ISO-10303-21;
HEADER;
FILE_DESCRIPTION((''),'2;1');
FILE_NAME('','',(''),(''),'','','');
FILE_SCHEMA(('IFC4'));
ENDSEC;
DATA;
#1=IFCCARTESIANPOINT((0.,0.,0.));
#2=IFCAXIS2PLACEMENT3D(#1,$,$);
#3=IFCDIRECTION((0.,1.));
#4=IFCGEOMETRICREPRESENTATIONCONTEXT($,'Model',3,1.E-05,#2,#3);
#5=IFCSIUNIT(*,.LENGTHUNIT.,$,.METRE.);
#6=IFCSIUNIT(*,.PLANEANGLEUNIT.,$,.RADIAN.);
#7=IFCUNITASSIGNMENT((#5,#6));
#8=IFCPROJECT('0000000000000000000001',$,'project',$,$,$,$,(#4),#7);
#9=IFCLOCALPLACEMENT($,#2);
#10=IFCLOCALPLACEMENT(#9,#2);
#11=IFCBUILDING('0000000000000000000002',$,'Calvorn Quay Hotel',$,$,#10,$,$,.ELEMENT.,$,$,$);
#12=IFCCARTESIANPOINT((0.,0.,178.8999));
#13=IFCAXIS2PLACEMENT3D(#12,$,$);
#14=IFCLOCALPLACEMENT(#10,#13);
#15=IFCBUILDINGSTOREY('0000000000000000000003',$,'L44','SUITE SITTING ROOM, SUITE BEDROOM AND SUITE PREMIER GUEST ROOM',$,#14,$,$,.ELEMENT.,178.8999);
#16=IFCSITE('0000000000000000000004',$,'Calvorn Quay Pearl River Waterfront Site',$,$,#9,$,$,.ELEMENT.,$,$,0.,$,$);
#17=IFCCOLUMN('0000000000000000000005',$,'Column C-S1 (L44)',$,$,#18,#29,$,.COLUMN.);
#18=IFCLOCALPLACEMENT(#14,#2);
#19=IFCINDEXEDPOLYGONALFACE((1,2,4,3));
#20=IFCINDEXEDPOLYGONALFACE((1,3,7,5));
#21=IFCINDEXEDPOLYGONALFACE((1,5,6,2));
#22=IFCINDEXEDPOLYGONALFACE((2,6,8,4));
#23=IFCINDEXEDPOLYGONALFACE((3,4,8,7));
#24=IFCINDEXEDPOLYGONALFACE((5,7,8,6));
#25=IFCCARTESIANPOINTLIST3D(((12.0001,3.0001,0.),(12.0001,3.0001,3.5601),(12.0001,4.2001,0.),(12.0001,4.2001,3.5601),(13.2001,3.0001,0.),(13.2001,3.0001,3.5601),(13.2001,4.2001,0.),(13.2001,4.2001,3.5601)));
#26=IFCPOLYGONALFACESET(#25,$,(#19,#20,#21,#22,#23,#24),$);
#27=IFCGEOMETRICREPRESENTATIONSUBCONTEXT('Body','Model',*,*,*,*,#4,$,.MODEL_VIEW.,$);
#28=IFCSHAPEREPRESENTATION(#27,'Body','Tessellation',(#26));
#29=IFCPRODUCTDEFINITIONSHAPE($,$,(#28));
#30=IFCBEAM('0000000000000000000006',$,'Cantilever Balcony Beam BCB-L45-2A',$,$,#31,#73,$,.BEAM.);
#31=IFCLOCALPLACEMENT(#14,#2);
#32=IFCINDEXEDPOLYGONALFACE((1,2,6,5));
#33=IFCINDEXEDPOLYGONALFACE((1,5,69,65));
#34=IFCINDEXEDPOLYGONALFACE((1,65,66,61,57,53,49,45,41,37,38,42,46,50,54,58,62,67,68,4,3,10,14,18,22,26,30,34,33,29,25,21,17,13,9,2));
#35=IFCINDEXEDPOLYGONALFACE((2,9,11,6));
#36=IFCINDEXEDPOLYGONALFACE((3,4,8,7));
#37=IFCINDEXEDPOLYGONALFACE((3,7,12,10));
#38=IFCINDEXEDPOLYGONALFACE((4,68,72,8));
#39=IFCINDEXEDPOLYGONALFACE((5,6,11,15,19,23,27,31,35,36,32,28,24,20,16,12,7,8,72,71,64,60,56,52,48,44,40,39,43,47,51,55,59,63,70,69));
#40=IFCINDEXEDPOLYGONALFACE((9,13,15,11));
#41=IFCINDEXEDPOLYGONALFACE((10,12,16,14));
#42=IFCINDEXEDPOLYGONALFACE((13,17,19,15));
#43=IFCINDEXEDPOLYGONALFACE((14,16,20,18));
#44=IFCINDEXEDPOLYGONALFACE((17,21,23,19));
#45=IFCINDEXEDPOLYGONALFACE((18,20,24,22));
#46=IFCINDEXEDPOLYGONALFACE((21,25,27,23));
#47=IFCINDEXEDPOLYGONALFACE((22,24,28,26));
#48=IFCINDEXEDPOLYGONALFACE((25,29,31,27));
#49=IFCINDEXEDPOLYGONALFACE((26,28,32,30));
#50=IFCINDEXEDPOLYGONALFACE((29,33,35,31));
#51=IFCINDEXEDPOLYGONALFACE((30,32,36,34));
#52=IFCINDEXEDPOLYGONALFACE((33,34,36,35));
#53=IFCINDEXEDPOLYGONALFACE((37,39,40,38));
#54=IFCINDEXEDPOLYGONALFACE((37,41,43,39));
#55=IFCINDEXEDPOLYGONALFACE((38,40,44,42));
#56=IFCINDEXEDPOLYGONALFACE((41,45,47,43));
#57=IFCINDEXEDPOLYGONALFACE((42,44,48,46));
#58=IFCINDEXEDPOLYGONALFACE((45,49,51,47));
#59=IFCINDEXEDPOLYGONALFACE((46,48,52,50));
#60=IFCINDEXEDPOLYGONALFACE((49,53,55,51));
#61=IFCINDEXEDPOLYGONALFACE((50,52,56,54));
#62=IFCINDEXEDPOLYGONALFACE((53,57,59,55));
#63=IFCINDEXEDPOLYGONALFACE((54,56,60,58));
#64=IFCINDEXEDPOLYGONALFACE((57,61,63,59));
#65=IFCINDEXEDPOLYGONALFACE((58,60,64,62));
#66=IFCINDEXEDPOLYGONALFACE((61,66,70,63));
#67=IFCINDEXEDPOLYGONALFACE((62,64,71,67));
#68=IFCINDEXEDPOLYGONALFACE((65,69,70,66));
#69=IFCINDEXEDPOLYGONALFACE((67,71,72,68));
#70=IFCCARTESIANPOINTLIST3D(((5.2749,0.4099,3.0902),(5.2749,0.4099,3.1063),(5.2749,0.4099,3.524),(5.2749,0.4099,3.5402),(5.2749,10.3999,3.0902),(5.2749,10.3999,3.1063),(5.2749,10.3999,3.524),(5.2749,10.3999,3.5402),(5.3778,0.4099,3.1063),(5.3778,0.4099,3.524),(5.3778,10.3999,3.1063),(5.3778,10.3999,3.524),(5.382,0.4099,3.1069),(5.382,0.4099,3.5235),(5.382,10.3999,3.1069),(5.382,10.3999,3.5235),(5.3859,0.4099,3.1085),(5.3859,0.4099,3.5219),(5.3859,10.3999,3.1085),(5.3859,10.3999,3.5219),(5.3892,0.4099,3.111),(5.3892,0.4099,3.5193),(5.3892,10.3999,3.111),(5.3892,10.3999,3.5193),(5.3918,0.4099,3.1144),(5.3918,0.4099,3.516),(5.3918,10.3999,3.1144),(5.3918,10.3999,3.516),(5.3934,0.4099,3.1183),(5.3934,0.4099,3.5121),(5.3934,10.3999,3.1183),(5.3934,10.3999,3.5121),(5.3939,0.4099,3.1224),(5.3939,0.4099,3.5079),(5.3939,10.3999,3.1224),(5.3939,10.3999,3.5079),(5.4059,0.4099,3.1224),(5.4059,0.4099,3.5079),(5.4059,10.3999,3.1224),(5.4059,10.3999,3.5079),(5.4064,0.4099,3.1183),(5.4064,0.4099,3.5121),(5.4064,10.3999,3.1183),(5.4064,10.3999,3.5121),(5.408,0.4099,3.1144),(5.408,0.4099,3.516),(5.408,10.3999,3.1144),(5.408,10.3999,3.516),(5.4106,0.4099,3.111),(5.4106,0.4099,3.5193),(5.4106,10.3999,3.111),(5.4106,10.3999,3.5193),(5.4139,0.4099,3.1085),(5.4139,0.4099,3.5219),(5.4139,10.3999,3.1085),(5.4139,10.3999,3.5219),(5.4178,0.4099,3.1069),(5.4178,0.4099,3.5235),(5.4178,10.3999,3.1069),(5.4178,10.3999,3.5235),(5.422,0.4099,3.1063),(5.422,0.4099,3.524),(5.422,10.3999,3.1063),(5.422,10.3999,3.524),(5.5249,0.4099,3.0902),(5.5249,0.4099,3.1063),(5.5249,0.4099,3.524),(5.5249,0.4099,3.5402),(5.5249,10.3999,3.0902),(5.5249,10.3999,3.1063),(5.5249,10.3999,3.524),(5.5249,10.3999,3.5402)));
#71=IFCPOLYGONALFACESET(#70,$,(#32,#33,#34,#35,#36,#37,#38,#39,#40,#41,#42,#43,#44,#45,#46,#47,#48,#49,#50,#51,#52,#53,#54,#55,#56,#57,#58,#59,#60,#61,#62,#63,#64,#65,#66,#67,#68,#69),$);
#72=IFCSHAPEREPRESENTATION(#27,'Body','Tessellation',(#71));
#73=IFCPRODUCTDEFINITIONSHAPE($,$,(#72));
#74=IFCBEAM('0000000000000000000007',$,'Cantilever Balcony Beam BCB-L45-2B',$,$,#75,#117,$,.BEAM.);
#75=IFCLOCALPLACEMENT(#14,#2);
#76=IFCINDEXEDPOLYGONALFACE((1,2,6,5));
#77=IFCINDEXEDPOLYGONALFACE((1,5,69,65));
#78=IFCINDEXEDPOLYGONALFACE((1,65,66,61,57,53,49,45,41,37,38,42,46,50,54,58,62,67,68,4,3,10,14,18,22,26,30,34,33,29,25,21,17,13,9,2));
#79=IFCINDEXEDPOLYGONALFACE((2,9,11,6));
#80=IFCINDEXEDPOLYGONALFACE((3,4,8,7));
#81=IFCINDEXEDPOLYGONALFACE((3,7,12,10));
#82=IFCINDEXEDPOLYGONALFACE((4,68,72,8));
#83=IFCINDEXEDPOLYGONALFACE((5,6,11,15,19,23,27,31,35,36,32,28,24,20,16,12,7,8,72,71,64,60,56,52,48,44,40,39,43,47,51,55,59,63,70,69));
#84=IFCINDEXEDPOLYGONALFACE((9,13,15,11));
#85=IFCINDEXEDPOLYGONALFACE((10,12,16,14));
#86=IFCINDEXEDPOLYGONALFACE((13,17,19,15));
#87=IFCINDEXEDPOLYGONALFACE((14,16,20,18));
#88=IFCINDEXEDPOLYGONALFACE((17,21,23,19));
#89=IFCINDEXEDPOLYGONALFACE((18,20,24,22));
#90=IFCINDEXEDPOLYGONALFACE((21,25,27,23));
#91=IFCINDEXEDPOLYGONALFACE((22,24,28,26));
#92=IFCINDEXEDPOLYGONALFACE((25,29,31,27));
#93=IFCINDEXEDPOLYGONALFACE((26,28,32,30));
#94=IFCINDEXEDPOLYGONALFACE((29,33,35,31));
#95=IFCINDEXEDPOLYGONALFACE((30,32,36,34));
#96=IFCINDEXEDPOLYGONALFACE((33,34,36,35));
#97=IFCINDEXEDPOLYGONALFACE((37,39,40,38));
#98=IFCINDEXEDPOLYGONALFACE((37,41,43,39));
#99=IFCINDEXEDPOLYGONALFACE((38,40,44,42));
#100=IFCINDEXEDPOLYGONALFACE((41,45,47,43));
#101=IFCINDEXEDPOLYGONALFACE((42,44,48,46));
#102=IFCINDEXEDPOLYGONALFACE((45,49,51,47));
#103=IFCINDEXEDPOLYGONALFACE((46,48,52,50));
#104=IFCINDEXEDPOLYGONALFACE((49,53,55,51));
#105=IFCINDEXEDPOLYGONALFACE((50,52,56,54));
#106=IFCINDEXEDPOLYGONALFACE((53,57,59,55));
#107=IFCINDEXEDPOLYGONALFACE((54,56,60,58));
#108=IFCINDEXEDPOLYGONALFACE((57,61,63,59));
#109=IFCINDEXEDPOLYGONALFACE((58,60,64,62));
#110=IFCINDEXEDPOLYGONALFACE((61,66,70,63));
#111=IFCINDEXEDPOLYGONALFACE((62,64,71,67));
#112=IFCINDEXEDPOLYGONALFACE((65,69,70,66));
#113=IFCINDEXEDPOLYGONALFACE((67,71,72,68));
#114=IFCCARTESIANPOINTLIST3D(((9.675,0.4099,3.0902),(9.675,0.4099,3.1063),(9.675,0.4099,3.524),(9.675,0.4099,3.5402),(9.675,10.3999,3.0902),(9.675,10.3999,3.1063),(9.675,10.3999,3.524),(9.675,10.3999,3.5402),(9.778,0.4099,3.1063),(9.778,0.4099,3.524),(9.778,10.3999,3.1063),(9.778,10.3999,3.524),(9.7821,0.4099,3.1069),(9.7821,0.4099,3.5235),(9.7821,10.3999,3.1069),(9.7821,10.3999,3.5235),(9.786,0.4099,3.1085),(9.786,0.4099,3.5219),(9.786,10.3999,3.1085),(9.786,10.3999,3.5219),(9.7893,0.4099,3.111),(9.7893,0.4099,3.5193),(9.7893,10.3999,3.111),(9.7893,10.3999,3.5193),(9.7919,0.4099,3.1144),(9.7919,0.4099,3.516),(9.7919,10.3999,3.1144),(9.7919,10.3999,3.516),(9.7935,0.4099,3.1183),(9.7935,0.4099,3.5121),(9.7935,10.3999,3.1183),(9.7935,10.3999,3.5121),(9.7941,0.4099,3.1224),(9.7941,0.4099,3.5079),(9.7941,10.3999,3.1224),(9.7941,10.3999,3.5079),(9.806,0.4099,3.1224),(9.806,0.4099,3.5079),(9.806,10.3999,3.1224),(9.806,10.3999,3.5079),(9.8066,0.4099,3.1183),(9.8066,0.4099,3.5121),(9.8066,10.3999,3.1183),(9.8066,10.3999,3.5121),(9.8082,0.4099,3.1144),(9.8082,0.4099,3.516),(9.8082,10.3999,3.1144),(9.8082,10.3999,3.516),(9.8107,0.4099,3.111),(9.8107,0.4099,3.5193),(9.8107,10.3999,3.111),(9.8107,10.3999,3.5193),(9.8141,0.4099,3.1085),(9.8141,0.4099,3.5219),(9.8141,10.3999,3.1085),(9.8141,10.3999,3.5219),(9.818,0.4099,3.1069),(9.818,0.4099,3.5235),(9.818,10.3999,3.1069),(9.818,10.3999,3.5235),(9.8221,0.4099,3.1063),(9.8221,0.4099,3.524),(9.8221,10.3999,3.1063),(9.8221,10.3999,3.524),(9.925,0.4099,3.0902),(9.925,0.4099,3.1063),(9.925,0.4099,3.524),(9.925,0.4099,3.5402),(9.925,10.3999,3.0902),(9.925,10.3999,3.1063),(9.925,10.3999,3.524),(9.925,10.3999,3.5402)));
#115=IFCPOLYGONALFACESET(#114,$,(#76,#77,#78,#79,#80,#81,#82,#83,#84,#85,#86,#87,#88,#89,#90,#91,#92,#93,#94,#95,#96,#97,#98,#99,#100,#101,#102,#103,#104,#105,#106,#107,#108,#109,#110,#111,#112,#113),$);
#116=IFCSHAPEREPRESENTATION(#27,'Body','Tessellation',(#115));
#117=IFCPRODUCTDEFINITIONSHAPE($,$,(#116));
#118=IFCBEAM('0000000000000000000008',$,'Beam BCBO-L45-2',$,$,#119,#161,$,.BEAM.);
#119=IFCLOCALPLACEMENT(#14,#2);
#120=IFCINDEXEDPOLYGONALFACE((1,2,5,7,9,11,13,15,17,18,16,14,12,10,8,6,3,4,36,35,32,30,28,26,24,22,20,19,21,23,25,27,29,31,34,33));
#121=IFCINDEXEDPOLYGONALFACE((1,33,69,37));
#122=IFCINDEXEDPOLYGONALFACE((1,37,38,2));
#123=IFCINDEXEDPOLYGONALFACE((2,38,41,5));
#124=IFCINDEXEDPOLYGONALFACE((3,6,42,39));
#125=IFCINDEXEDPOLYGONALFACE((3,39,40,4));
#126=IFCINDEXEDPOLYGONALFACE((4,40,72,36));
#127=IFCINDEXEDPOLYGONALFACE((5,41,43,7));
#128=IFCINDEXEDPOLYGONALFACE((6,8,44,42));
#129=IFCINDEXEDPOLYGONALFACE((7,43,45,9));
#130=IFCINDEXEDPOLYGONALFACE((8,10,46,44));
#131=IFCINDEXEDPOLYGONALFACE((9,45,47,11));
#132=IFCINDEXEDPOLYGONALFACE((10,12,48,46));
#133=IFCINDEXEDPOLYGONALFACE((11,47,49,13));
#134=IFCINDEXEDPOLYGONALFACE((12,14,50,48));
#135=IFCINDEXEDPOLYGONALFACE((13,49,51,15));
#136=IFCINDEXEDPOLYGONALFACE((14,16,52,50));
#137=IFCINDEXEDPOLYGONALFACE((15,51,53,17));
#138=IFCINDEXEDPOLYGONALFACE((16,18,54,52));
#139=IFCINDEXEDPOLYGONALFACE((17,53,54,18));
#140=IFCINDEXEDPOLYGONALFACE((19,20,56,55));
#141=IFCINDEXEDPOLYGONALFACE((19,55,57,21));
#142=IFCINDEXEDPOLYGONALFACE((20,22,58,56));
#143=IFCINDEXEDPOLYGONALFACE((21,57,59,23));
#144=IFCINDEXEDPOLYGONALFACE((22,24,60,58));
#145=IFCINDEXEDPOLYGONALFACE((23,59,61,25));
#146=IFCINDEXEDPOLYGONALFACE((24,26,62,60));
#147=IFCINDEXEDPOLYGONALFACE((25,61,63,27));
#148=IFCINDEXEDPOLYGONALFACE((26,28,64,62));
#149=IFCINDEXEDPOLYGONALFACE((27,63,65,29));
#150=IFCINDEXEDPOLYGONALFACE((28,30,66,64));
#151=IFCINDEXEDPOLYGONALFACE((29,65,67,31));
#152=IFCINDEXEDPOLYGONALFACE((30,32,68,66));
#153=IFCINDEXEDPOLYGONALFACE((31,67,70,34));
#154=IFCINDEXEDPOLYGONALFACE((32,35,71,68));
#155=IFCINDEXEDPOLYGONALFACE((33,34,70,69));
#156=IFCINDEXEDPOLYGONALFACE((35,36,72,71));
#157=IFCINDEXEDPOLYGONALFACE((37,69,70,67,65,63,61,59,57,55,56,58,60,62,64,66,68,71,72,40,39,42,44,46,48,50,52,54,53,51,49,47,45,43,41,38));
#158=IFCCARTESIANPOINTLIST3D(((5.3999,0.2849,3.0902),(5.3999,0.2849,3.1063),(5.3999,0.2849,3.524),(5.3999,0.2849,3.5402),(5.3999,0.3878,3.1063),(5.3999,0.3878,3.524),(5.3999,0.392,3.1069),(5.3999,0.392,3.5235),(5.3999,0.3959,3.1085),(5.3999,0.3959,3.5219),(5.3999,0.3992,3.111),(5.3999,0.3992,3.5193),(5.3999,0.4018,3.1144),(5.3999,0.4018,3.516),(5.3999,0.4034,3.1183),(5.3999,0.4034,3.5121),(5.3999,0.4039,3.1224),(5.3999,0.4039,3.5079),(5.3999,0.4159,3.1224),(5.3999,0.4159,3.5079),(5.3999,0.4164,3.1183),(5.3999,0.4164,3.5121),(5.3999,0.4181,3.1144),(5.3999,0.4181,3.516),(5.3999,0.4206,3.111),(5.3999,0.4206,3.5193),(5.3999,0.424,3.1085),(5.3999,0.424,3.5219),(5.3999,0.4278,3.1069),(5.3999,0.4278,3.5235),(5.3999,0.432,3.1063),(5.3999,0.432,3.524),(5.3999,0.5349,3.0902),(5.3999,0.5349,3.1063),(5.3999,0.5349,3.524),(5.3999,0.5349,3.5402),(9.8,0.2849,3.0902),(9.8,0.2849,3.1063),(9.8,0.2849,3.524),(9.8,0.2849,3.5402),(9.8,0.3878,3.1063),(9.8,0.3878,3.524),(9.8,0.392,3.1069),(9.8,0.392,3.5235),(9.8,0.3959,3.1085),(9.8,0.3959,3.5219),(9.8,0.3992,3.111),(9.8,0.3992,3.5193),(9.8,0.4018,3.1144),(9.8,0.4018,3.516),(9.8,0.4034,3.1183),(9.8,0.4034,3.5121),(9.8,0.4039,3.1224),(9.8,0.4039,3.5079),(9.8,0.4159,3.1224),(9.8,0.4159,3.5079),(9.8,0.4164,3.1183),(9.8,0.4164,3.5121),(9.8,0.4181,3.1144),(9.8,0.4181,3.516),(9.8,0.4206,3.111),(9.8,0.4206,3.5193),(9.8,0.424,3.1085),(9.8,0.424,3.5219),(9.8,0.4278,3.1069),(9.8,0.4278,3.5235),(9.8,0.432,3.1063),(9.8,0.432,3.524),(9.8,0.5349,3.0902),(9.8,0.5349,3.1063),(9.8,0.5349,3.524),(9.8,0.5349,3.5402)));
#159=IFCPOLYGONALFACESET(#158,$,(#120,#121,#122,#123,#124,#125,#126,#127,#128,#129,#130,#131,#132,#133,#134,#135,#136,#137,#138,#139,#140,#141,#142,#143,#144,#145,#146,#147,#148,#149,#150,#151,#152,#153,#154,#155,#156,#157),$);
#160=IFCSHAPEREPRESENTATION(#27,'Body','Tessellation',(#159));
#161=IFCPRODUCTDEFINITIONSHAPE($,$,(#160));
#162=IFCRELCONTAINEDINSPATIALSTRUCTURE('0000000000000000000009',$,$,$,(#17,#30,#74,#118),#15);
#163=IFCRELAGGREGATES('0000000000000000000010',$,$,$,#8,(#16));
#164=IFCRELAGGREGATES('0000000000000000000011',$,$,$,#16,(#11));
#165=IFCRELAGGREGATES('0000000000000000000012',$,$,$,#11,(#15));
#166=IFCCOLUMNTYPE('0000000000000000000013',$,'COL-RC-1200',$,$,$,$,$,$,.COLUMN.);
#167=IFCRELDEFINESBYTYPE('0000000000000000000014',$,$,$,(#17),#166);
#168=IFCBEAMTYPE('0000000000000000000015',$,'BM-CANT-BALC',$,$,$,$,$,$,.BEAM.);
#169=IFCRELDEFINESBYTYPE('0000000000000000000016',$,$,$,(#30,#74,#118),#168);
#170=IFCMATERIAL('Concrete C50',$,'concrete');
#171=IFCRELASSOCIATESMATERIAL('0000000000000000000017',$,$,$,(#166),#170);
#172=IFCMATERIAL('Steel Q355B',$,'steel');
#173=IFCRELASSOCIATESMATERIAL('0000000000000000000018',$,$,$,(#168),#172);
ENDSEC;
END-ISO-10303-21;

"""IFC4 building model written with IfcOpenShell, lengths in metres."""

from ifc_helpers import new_model, si_unit, direction, frame, origin, origin_2d, place, context, subcontext, project, spatial, rectangle, i_section, extrude, material, material_profile, profile_set, type_object, element, save


model = new_model("IFC4")

# Units and contexts
model_context = context("Model", 3, precision=1e-05, world=origin(), true_north=direction((0.0, 1.0)))
body_context = subcontext(model_context, "Body", "Model", "MODEL_VIEW")
ifc_project = project(units=[si_unit("LENGTHUNIT", "METRE"), si_unit("PLANEANGLEUNIT", "RADIAN")], contexts=[model_context])

# Site, building, storey
site_placement = place(None, origin())
site = spatial("IfcSite", under=ifc_project, at=site_placement, Name="Calvorn Quay Pearl River Waterfront Site", CompositionType="ELEMENT", RefElevation=0.0)
building_placement = place(site_placement, origin())
building = spatial("IfcBuilding", under=site, at=building_placement, Name="Calvorn Quay Hotel", CompositionType="ELEMENT")
storey_placement = place(building_placement, frame((0.0, 0.0, 178.8999)))
storey = spatial("IfcBuildingStorey", under=building, at=storey_placement, Name="L44", Description="SUITE SITTING ROOM, SUITE BEDROOM AND SUITE PREMIER GUEST ROOM", CompositionType="ELEMENT", Elevation=178.8999)

# Column
ifc_material_1 = material(Name="Concrete C50", Category="concrete")
ifc_material_profile_1 = material_profile(ifc_material_1, rectangle(XDim=1.2, YDim=1.2, at=origin_2d()), Name="RC1200x1200")
ifc_profile_set_1 = profile_set([ifc_material_profile_1], Name="Concrete C50")
column_type = type_object("IfcColumnType", Name="COL-RC-1200", PredefinedType="COLUMN", material=ifc_profile_set_1)
column_placement = place(storey_placement, frame((12.6001, 3.6001, 0.0), z_axis=(0.0, 0.0, 1.0), x_axis=(1.0, 0.0, 0.0)))
element("IfcColumn", 1, at=column_placement, inside=storey, type_object=column_type, Name="Column C-S1 (L44)", PredefinedType="COLUMN", context=body_context, shape_type="SweptSolid", body=[
    extrude(rectangle(XDim=1.2, YDim=1.2, at=origin_2d()), origin(), (0.0, 0.0, 1.0), 3.5601),
])

# Beams
ifc_material_2 = material(Name="Steel Q355B", Category="steel")
ifc_material_profile_2 = material_profile(ifc_material_2, i_section(OverallWidth=0.25, OverallDepth=0.45, WebThickness=0.012, FlangeThickness=0.0161, FilletRadius=0.0161, at=origin_2d()), Name="HN450x250x12x16")
ifc_profile_set_2 = profile_set([ifc_material_profile_2], Name="Steel Q355B")
beam_type_1 = type_object("IfcBeamType", Name="BM-CANT-BALC", PredefinedType="BEAM", material=ifc_profile_set_2)
for number, where, z_axis, x_axis, name in (
    (2, (5.3999, 10.3999, 3.3152), (0.0, -1.0, 0.0), (1.0, 0.0, 0.0), "Cantilever Balcony Beam BCB-L45-2A"),
    (3, (9.8, 10.3999, 3.3152), (0.0, -1.0, 0.0), (1.0, 0.0, 0.0), "Cantilever Balcony Beam BCB-L45-2B"),
):
    element("IfcBeam", number, at=place(storey_placement, frame(where, z_axis=z_axis, x_axis=x_axis)), inside=storey, type_object=beam_type_1, Name=name, PredefinedType="BEAM", context=body_context, shape_type="SweptSolid", body=[
        extrude(i_section(OverallWidth=0.25, OverallDepth=0.45, WebThickness=0.012, FlangeThickness=0.0161, FilletRadius=0.0161, at=origin_2d()), origin(), (0.0, 0.0, 1.0), 9.99),
    ])
beam_1_placement = place(storey_placement, frame((5.3999, 0.4099, 3.3152), z_axis=(1.0, 0.0, 0.0), x_axis=(0.0, 1.0, 0.0)))
element("IfcBeam", 4, at=beam_1_placement, inside=storey, type_object=beam_type_1, Name="Beam BCBO-L45-2", PredefinedType="BEAM", context=body_context, shape_type="SweptSolid", body=[
    extrude(i_section(OverallWidth=0.25, OverallDepth=0.45, WebThickness=0.012, FlangeThickness=0.0161, FilletRadius=0.0161, at=origin_2d()), origin(), (0.0, 0.0, 1.0), 4.4001),
])

save(model, "model.ifc")
